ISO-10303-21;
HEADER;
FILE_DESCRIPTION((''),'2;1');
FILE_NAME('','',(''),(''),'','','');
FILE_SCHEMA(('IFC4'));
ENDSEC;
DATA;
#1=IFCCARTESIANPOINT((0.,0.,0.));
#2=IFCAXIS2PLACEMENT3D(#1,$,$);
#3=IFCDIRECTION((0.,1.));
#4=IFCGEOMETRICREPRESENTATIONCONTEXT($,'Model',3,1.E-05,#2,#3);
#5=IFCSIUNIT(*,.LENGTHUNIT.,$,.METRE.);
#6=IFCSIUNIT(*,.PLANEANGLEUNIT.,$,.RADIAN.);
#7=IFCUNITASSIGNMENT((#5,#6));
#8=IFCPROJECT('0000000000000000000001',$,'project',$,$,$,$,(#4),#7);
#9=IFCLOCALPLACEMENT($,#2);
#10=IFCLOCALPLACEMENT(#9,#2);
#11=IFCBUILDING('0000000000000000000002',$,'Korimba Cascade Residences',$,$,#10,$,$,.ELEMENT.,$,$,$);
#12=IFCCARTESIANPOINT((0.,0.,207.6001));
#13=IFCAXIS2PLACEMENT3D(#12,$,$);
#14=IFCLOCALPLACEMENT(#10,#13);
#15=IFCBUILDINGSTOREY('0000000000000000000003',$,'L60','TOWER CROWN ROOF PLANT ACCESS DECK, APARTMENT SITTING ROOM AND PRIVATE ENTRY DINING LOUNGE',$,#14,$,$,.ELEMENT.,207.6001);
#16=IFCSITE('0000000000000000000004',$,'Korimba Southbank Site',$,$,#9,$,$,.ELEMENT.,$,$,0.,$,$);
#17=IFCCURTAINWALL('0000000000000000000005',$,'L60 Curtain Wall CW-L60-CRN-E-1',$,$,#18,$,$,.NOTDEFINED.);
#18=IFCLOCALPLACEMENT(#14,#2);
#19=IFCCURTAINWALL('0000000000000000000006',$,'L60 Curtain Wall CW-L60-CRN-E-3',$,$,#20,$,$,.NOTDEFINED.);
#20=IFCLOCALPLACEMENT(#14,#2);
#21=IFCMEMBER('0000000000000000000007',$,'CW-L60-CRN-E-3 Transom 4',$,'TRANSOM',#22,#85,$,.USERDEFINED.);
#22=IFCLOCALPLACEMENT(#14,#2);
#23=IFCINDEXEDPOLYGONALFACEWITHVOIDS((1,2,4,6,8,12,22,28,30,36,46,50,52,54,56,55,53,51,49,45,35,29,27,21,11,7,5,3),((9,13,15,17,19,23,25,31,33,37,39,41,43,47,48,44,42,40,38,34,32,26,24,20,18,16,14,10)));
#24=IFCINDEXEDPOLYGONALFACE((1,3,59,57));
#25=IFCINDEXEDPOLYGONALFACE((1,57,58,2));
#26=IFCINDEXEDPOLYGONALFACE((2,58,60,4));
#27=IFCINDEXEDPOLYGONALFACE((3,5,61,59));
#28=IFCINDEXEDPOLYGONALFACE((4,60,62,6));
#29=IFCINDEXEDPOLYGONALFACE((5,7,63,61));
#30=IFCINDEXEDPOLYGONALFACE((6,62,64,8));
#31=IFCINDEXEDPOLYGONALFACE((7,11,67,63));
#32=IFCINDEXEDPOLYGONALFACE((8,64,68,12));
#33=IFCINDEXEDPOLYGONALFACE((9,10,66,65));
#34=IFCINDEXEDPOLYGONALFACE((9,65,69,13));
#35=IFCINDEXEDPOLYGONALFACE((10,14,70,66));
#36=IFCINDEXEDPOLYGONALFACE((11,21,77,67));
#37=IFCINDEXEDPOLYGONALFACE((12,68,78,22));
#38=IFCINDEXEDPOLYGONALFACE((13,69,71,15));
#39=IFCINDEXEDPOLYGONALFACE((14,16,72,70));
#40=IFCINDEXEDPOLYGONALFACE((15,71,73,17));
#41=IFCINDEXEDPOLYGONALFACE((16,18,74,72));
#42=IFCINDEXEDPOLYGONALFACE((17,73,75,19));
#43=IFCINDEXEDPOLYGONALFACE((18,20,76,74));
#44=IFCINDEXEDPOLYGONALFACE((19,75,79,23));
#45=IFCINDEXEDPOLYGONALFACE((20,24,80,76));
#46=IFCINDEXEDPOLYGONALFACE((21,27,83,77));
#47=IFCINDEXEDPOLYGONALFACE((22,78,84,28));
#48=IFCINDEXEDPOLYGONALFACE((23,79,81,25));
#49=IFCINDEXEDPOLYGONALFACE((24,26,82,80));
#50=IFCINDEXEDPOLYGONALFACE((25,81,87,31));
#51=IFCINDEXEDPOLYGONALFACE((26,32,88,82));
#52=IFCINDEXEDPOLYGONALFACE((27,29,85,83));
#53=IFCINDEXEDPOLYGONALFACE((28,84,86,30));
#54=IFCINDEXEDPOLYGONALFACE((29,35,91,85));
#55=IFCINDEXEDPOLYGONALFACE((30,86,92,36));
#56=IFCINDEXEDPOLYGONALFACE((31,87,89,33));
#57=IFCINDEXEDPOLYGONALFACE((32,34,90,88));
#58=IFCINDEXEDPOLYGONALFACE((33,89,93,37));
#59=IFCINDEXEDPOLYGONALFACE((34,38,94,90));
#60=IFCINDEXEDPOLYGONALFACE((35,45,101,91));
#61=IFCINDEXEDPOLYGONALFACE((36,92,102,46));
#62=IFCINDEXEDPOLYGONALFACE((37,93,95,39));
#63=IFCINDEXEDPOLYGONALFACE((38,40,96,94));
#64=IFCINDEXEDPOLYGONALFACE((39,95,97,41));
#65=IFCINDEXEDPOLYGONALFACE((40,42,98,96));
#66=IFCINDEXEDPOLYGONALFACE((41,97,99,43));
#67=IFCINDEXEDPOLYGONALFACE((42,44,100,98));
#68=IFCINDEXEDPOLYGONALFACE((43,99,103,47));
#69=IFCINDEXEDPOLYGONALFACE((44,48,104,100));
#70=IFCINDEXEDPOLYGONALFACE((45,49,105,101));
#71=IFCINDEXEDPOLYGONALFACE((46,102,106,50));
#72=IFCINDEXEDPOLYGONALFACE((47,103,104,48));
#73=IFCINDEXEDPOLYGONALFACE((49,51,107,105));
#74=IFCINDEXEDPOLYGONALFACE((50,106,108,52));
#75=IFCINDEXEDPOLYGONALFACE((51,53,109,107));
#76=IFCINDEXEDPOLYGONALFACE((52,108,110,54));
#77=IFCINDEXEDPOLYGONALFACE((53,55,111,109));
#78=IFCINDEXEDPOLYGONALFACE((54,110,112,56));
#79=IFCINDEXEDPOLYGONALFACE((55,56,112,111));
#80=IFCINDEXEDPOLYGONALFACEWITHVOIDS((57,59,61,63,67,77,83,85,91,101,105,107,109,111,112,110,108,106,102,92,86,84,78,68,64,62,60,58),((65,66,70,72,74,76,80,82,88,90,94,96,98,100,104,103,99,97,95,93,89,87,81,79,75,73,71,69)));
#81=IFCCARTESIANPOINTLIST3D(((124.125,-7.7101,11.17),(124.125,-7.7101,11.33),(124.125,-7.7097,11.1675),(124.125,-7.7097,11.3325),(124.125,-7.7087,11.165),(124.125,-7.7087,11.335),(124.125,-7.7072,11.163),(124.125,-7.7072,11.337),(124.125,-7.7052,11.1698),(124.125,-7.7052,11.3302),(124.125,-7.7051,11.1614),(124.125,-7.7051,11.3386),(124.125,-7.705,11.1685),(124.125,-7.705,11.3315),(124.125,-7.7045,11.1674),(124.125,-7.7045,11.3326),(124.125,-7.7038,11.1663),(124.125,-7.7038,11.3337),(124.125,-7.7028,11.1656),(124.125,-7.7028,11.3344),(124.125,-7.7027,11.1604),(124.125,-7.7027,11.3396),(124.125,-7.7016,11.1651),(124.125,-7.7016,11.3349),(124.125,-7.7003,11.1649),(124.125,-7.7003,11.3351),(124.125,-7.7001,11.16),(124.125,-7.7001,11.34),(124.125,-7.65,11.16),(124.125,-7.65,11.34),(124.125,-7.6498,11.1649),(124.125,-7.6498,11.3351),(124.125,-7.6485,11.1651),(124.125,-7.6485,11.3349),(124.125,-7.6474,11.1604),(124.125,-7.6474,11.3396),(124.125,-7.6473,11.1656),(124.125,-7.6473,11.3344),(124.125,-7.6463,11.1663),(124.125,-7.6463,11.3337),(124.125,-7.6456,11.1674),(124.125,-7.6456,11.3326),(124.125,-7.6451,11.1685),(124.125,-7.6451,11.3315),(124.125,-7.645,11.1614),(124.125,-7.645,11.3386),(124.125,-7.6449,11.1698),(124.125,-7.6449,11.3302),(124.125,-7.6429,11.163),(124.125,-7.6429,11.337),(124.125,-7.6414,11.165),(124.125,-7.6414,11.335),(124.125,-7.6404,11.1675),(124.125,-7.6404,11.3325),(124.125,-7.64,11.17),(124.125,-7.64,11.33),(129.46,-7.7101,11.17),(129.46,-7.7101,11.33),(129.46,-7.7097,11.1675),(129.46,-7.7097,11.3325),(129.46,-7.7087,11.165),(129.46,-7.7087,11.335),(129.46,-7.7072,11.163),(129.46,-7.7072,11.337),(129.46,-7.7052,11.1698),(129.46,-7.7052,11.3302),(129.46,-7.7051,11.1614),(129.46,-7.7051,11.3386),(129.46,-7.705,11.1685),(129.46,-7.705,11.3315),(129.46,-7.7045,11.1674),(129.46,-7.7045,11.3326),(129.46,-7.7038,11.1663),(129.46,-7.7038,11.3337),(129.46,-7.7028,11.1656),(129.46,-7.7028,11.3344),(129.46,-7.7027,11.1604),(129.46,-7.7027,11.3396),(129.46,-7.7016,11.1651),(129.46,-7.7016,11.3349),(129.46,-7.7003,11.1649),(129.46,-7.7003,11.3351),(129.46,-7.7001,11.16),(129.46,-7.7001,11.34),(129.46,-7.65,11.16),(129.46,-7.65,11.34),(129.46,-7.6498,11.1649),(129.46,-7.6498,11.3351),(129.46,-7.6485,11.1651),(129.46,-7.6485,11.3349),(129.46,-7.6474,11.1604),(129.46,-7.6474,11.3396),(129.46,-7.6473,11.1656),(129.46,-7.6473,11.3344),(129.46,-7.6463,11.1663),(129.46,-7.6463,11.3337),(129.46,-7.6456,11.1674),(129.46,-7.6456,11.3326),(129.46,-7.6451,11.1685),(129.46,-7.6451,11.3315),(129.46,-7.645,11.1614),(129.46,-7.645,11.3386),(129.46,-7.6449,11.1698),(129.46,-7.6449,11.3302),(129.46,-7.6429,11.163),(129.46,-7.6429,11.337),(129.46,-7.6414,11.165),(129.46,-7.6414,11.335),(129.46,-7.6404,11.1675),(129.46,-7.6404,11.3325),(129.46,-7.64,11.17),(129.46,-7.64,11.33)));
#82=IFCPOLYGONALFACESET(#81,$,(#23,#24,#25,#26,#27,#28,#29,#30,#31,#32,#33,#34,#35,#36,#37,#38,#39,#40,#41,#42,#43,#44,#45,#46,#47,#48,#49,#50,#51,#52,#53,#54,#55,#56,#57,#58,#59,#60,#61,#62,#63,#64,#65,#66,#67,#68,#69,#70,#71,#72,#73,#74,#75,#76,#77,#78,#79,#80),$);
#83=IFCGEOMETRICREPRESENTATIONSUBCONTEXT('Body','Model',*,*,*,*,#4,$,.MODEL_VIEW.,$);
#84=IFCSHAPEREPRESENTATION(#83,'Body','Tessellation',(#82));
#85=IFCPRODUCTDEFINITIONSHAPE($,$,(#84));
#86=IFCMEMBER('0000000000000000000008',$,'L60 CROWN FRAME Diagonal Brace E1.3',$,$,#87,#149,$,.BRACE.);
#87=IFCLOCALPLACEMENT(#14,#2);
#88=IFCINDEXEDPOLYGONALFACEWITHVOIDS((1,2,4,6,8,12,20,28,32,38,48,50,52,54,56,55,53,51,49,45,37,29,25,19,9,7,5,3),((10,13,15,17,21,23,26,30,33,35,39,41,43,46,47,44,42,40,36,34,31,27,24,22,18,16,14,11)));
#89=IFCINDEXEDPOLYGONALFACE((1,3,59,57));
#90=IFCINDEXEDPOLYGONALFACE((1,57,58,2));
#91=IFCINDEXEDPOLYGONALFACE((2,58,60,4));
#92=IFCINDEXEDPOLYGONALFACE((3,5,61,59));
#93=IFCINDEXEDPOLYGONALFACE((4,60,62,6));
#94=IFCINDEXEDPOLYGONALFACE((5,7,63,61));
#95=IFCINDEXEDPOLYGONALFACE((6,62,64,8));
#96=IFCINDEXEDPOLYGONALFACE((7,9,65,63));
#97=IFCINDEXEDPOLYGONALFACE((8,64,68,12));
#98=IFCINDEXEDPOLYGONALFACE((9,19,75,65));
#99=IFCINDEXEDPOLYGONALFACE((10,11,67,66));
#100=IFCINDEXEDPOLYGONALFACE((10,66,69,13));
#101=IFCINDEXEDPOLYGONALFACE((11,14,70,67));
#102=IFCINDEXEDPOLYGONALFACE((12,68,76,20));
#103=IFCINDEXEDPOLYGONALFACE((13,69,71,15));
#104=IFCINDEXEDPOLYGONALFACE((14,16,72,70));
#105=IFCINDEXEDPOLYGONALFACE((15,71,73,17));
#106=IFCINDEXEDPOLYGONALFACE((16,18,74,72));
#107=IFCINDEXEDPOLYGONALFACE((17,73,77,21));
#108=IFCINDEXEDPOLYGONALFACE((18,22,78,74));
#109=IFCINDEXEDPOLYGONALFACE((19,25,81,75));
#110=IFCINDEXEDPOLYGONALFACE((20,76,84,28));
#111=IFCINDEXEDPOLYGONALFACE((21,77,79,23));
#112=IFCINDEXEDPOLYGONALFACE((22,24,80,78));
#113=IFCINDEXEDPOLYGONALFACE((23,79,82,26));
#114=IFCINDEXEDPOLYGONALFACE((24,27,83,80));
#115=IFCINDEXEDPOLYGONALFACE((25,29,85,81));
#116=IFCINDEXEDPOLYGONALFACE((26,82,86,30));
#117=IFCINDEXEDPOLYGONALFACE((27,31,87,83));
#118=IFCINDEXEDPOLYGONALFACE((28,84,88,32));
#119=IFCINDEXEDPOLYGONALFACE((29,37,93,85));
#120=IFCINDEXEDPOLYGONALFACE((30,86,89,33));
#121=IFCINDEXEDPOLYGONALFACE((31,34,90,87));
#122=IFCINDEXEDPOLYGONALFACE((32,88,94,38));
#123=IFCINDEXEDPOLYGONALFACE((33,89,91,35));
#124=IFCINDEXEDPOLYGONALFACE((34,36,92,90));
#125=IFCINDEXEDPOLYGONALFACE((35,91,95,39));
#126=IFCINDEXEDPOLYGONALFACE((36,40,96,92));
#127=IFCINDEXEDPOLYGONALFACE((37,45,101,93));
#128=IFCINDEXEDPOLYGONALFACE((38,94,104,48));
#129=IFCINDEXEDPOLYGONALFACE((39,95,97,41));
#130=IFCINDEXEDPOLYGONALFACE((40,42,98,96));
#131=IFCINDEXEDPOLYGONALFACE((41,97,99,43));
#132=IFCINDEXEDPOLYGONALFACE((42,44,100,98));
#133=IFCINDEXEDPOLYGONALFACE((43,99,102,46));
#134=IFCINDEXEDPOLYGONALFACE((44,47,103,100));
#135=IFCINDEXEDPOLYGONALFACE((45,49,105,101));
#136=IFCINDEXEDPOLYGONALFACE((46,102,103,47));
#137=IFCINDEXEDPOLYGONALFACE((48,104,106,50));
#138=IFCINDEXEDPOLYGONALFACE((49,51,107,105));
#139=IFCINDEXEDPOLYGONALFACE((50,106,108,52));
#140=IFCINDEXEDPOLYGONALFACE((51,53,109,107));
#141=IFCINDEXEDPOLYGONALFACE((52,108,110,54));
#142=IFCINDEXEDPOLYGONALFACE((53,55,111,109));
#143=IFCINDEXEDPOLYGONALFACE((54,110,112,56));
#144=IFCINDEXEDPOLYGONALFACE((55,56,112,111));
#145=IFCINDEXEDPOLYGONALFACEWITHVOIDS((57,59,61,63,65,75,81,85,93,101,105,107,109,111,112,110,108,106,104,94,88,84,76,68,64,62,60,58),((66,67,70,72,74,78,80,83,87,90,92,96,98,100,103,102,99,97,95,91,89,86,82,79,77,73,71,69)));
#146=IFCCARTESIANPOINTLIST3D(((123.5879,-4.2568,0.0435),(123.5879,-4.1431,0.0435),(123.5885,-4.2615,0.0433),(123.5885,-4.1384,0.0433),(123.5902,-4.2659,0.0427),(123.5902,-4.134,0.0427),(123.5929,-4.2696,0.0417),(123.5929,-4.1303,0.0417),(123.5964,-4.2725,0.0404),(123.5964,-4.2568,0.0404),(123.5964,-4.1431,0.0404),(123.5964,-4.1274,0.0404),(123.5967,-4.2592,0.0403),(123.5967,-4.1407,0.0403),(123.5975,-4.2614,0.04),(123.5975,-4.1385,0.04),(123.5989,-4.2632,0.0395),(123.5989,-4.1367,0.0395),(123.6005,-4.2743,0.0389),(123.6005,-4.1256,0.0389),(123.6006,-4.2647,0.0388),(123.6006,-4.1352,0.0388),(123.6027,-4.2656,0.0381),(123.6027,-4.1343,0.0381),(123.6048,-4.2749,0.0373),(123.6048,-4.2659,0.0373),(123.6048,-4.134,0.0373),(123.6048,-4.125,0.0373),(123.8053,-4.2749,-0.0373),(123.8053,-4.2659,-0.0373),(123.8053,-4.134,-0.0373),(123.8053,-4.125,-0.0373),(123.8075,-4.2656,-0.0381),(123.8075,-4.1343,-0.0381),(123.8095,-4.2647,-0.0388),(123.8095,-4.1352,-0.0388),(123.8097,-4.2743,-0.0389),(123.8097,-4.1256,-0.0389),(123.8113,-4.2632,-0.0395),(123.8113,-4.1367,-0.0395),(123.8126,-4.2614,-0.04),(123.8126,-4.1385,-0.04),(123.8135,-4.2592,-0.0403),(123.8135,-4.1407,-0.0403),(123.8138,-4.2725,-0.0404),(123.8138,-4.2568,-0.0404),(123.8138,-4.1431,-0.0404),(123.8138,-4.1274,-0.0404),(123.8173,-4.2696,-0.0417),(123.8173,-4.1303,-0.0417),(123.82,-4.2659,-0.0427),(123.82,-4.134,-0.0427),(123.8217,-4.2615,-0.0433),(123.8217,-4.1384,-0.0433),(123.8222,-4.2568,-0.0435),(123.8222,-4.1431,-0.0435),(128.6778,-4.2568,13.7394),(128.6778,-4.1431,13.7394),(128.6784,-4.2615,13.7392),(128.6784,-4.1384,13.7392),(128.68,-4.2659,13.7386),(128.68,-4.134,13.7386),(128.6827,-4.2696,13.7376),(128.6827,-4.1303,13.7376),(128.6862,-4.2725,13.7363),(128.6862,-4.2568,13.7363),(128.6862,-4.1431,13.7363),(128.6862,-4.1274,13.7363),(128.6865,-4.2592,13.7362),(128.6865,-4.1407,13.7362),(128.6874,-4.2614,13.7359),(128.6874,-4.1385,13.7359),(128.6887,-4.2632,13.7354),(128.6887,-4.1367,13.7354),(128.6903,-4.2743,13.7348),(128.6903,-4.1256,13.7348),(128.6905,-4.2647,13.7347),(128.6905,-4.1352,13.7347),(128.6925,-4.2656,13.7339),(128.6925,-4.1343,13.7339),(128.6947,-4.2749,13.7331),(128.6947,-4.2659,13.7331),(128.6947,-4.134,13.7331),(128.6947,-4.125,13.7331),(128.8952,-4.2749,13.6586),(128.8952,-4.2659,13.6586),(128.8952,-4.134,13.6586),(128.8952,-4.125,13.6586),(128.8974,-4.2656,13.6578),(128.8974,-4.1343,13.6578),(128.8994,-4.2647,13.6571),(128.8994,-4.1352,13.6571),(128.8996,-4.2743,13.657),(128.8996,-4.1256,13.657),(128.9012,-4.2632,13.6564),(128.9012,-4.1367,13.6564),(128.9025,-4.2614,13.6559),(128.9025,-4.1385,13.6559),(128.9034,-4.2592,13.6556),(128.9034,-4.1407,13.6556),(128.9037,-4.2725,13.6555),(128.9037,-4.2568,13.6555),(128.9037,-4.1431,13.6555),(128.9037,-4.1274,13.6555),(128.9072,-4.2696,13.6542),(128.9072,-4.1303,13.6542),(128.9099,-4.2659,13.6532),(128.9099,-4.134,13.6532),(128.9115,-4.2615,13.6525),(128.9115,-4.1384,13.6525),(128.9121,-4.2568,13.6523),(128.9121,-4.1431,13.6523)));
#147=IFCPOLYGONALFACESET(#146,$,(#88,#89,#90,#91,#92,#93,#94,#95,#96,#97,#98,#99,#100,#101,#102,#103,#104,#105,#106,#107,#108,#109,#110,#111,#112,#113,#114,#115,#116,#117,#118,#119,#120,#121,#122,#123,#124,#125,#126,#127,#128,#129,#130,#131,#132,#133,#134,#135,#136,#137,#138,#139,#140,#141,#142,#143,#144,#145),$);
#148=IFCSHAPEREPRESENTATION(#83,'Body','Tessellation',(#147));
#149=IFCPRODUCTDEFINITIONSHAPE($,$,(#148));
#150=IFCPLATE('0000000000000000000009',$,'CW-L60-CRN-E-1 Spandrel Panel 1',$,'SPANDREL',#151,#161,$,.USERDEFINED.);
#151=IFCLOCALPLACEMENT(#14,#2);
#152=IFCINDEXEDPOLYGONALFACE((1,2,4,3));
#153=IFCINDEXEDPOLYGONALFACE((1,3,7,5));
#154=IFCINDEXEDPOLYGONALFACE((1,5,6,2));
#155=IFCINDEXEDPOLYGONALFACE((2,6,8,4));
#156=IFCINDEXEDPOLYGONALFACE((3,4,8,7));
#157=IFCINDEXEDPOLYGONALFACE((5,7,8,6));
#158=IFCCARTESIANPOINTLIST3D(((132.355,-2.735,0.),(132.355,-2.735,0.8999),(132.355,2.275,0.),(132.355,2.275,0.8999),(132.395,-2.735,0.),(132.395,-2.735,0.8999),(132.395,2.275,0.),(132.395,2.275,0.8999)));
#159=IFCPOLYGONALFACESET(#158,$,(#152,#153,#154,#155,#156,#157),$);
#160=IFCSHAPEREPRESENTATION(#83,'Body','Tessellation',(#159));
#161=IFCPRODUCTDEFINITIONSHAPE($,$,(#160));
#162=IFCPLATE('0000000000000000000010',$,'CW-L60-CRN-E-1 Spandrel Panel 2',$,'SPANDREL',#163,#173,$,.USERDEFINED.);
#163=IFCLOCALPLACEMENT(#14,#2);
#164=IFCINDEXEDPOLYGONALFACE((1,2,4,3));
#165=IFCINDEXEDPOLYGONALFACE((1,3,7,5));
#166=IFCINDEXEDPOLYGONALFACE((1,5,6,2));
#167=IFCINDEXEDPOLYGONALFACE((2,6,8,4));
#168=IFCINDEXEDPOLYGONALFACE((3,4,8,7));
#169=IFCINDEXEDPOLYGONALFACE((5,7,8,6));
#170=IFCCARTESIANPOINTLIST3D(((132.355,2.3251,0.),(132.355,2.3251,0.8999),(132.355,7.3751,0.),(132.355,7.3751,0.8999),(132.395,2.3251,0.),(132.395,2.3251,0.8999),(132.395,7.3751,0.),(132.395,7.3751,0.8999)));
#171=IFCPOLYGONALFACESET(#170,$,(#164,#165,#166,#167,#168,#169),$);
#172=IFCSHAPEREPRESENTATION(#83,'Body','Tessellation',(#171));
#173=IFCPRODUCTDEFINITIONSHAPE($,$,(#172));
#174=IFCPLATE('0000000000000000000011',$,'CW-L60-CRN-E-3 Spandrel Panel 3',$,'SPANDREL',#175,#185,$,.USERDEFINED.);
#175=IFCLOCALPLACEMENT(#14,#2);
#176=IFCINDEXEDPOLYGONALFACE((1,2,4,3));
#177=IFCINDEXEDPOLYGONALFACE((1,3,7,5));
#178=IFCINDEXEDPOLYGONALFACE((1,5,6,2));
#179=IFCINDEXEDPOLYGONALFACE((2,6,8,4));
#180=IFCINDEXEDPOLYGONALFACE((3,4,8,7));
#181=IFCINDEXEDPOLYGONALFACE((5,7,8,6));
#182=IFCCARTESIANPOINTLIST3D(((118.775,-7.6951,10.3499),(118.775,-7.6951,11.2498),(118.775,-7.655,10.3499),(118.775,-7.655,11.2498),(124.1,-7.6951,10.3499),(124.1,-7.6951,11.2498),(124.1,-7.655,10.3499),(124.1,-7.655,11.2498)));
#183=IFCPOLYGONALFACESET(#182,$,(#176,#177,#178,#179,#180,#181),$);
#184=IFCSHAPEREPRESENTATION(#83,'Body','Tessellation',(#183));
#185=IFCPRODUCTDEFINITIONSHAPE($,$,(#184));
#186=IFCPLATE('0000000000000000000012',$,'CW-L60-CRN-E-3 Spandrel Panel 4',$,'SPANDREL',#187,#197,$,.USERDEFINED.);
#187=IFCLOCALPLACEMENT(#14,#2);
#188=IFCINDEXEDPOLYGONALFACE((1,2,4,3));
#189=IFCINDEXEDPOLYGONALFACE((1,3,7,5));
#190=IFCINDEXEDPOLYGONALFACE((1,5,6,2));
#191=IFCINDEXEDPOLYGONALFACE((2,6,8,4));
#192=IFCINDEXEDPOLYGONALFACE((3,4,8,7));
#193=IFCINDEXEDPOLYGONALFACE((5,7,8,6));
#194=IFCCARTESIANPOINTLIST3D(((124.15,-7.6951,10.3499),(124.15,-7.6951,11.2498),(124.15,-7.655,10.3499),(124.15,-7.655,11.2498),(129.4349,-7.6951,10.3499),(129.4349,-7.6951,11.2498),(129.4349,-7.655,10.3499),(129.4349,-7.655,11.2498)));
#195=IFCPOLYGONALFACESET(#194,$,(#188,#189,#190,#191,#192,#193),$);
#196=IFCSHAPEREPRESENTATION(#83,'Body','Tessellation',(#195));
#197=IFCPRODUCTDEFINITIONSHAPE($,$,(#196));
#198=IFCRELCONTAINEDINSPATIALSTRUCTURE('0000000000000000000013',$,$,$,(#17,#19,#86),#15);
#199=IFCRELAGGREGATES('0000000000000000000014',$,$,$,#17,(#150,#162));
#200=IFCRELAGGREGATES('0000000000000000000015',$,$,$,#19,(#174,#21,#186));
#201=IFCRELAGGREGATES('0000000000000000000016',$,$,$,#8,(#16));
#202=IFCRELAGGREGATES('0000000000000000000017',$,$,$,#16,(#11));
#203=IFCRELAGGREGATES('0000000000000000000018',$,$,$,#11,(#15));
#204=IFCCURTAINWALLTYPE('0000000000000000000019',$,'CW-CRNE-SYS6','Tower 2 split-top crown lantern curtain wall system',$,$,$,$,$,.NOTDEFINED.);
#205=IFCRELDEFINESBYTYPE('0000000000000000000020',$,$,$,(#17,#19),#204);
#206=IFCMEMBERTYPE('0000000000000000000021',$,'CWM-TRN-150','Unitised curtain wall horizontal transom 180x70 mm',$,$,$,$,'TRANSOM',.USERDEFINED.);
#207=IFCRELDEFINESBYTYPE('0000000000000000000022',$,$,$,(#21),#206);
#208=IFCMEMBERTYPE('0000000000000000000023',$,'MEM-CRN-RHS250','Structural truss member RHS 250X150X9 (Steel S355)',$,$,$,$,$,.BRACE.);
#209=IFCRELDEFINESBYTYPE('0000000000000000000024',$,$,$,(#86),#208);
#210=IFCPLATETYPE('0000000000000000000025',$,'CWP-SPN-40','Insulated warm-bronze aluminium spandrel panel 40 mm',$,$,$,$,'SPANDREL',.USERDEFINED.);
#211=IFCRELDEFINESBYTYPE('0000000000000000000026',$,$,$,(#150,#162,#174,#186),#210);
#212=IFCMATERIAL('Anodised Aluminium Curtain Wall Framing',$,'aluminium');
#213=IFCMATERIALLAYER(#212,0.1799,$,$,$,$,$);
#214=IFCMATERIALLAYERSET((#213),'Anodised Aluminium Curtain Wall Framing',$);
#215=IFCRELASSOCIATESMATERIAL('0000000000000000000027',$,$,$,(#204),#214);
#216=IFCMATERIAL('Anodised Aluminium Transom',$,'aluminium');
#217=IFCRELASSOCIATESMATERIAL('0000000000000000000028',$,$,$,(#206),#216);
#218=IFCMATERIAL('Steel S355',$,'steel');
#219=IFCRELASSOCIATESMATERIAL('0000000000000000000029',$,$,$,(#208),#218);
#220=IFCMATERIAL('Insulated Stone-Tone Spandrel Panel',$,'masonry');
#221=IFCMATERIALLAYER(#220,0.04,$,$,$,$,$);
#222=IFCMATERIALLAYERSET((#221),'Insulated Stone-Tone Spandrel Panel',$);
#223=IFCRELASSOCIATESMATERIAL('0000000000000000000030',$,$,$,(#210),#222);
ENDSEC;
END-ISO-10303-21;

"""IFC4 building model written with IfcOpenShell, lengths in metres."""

from ifc_helpers import new_model, si_unit, direction, frame, origin, origin_2d, place, context, subcontext, project, spatial, rectangle, hollow_rectangle, extrude, material, layer, layer_set, material_profile, profile_set, type_object, element, aggregate, save


model = new_model("IFC4")

# Units and contexts
model_context = context("Model", 3, precision=1e-05, world=origin(), true_north=direction((0.0, 1.0)))
body_context = subcontext(model_context, "Body", "Model", "MODEL_VIEW")
ifc_project = project(units=[si_unit("LENGTHUNIT", "METRE"), si_unit("PLANEANGLEUNIT", "RADIAN")], contexts=[model_context])

# Site, building, storey
site_placement = place(None, origin())
site = spatial("IfcSite", under=ifc_project, at=site_placement, Name="Korimba Southbank Site", CompositionType="ELEMENT", RefElevation=0.0)
building_placement = place(site_placement, origin())
building = spatial("IfcBuilding", under=site, at=building_placement, Name="Korimba Cascade Residences", CompositionType="ELEMENT")
storey_placement = place(building_placement, frame((0.0, 0.0, 207.6001)))
storey = spatial("IfcBuildingStorey", under=building, at=storey_placement, Name="L60", Description="TOWER CROWN ROOF PLANT ACCESS DECK, APARTMENT SITTING ROOM AND PRIVATE ENTRY DINING LOUNGE", CompositionType="ELEMENT", Elevation=207.6001)

# Shared definitions
ifc_material_1 = material(Name="Steel S355", Category="steel")

# Curtain walls
ifc_material_2 = material(Name="Anodised Aluminium Curtain Wall Framing", Category="aluminium")
ifc_layer_1 = layer(ifc_material_2, 0.1799)
ifc_layer_set_1 = layer_set([ifc_layer_1], Name="Anodised Aluminium Curtain Wall Framing")
curtain_wall_type = type_object("IfcCurtainWallType", Name="CW-CRNE-SYS6", Description="Tower 2 split-top crown lantern curtain wall system", PredefinedType="NOTDEFINED", material=ifc_layer_set_1)
curtain_wall_1_placement = place(storey_placement, origin())
curtain_wall_1 = element("IfcCurtainWall", 1, at=curtain_wall_1_placement, inside=storey, type_object=curtain_wall_type, Name="L60 Curtain Wall CW-L60-CRN-E-1", PredefinedType="NOTDEFINED")
curtain_wall_2_placement = place(storey_placement, origin())
curtain_wall_2 = element("IfcCurtainWall", 2, at=curtain_wall_2_placement, inside=storey, type_object=curtain_wall_type, Name="L60 Curtain Wall CW-L60-CRN-E-3", PredefinedType="NOTDEFINED")

# Members
ifc_material_3 = material(Name="Anodised Aluminium Transom", Category="aluminium")
ifc_material_profile_1 = material_profile(ifc_material_3, hollow_rectangle(XDim=0.0701, YDim=0.1799, WallThickness=0.0049, InnerFilletRadius=0.0049, OuterFilletRadius=0.01, at=origin_2d()), Name="Anodised Aluminium Transom")
ifc_profile_set_1 = profile_set([ifc_material_profile_1], Name="Anodised Aluminium Transom")
member_type_1 = type_object("IfcMemberType", Name="CWM-TRN-150", Description="Unitised curtain wall horizontal transom 180x70 mm", ElementType="TRANSOM", PredefinedType="USERDEFINED", material=ifc_profile_set_1)
member_1_placement = place(storey_placement, frame((124.125, -7.675, 11.25), z_axis=(1.0, 0.0, 0.0), x_axis=(0.0, 1.0, 0.0)))
member_1 = element("IfcMember", 3, at=member_1_placement, type_object=member_type_1, Name="CW-L60-CRN-E-3 Transom 4", ObjectType="TRANSOM", PredefinedType="USERDEFINED", context=body_context, shape_type="SweptSolid", body=[
    extrude(hollow_rectangle(XDim=0.0701, YDim=0.1799, WallThickness=0.0049, InnerFilletRadius=0.0049, OuterFilletRadius=0.01, at=origin_2d()), origin(), (0.0, 0.0, 1.0), 5.335),
])
ifc_material_profile_2 = material_profile(ifc_material_1, hollow_rectangle(XDim=0.1499, YDim=0.25, WallThickness=0.009, InnerFilletRadius=0.009, OuterFilletRadius=0.0181, at=origin_2d()), Name="Steel S355")
ifc_profile_set_2 = profile_set([ifc_material_profile_2], Name="Steel S355")
member_type_2 = type_object("IfcMemberType", Name="MEM-CRN-RHS250", Description="Structural truss member RHS 250X150X9 (Steel S355)", PredefinedType="BRACE", material=ifc_profile_set_2)
member_2_placement = place(storey_placement, frame((123.7051, -4.2, 0.0), z_axis=(0.348357, 0.0, 0.937362), x_axis=(0.0, 1.0, 0.0)))
element("IfcMember", 4, at=member_2_placement, inside=storey, type_object=member_type_2, Name="L60 CROWN FRAME Diagonal Brace E1.3", PredefinedType="BRACE", context=body_context, shape_type="SweptSolid", body=[
    extrude(hollow_rectangle(XDim=0.1499, YDim=0.25, WallThickness=0.009, InnerFilletRadius=0.009, OuterFilletRadius=0.0181, at=origin_2d()), origin(), (0.0, 0.0, 1.0), 14.6111),
])

# Plates
ifc_material_4 = material(Name="Insulated Stone-Tone Spandrel Panel", Category="masonry")
ifc_layer_2 = layer(ifc_material_4, 0.04)
ifc_layer_set_2 = layer_set([ifc_layer_2], Name="Insulated Stone-Tone Spandrel Panel")
plate_type_1 = type_object("IfcPlateType", Name="CWP-SPN-40", Description="Insulated warm-bronze aluminium spandrel panel 40 mm", ElementType="SPANDREL", PredefinedType="USERDEFINED", material=ifc_layer_set_2)
plate_1_placement = place(storey_placement, frame((132.375, -0.23, 0.0), z_axis=(0.0, 0.0, 1.0), x_axis=(0.0, 1.0, 0.0)))
plate_1 = element("IfcPlate", 5, at=plate_1_placement, type_object=plate_type_1, Name="CW-L60-CRN-E-1 Spandrel Panel 1", ObjectType="SPANDREL", PredefinedType="USERDEFINED", context=body_context, shape_type="SweptSolid", body=[
    extrude(rectangle(XDim=5.01, YDim=0.04, at=origin_2d()), origin(), (0.0, 0.0, 1.0), 0.8999),
])
plate_2_placement = place(storey_placement, frame((132.375, 4.8501, 0.0), z_axis=(0.0, 0.0, 1.0), x_axis=(0.0, 1.0, 0.0)))
plate_2 = element("IfcPlate", 6, at=plate_2_placement, type_object=plate_type_1, Name="CW-L60-CRN-E-1 Spandrel Panel 2", ObjectType="SPANDREL", PredefinedType="USERDEFINED", context=body_context, shape_type="SweptSolid", body=[
    extrude(rectangle(XDim=5.05, YDim=0.04, at=origin_2d()), origin(), (0.0, 0.0, 1.0), 0.8999),
])
plate_3_placement = place(storey_placement, frame((121.4375, -7.675, 10.3499), z_axis=(0.0, 0.0, 1.0), x_axis=(1.0, 0.0, 0.0)))
plate_3 = element("IfcPlate", 7, at=plate_3_placement, type_object=plate_type_1, Name="CW-L60-CRN-E-3 Spandrel Panel 3", ObjectType="SPANDREL", PredefinedType="USERDEFINED", context=body_context, shape_type="SweptSolid", body=[
    extrude(rectangle(XDim=5.325, YDim=0.04, at=origin_2d()), origin(), (0.0, 0.0, 1.0), 0.8999),
])
plate_4_placement = place(storey_placement, frame((126.7925, -7.675, 10.3499), z_axis=(0.0, 0.0, 1.0), x_axis=(1.0, 0.0, 0.0)))
plate_4 = element("IfcPlate", 8, at=plate_4_placement, type_object=plate_type_1, Name="CW-L60-CRN-E-3 Spandrel Panel 4", ObjectType="SPANDREL", PredefinedType="USERDEFINED", context=body_context, shape_type="SweptSolid", body=[
    extrude(rectangle(XDim=5.2849, YDim=0.04, at=origin_2d()), origin(), (0.0, 0.0, 1.0), 0.8999),
])
aggregate(curtain_wall_1, [plate_1, plate_2])
aggregate(curtain_wall_2, [plate_3, member_1, plate_4])

save(model, "model.ifc")
